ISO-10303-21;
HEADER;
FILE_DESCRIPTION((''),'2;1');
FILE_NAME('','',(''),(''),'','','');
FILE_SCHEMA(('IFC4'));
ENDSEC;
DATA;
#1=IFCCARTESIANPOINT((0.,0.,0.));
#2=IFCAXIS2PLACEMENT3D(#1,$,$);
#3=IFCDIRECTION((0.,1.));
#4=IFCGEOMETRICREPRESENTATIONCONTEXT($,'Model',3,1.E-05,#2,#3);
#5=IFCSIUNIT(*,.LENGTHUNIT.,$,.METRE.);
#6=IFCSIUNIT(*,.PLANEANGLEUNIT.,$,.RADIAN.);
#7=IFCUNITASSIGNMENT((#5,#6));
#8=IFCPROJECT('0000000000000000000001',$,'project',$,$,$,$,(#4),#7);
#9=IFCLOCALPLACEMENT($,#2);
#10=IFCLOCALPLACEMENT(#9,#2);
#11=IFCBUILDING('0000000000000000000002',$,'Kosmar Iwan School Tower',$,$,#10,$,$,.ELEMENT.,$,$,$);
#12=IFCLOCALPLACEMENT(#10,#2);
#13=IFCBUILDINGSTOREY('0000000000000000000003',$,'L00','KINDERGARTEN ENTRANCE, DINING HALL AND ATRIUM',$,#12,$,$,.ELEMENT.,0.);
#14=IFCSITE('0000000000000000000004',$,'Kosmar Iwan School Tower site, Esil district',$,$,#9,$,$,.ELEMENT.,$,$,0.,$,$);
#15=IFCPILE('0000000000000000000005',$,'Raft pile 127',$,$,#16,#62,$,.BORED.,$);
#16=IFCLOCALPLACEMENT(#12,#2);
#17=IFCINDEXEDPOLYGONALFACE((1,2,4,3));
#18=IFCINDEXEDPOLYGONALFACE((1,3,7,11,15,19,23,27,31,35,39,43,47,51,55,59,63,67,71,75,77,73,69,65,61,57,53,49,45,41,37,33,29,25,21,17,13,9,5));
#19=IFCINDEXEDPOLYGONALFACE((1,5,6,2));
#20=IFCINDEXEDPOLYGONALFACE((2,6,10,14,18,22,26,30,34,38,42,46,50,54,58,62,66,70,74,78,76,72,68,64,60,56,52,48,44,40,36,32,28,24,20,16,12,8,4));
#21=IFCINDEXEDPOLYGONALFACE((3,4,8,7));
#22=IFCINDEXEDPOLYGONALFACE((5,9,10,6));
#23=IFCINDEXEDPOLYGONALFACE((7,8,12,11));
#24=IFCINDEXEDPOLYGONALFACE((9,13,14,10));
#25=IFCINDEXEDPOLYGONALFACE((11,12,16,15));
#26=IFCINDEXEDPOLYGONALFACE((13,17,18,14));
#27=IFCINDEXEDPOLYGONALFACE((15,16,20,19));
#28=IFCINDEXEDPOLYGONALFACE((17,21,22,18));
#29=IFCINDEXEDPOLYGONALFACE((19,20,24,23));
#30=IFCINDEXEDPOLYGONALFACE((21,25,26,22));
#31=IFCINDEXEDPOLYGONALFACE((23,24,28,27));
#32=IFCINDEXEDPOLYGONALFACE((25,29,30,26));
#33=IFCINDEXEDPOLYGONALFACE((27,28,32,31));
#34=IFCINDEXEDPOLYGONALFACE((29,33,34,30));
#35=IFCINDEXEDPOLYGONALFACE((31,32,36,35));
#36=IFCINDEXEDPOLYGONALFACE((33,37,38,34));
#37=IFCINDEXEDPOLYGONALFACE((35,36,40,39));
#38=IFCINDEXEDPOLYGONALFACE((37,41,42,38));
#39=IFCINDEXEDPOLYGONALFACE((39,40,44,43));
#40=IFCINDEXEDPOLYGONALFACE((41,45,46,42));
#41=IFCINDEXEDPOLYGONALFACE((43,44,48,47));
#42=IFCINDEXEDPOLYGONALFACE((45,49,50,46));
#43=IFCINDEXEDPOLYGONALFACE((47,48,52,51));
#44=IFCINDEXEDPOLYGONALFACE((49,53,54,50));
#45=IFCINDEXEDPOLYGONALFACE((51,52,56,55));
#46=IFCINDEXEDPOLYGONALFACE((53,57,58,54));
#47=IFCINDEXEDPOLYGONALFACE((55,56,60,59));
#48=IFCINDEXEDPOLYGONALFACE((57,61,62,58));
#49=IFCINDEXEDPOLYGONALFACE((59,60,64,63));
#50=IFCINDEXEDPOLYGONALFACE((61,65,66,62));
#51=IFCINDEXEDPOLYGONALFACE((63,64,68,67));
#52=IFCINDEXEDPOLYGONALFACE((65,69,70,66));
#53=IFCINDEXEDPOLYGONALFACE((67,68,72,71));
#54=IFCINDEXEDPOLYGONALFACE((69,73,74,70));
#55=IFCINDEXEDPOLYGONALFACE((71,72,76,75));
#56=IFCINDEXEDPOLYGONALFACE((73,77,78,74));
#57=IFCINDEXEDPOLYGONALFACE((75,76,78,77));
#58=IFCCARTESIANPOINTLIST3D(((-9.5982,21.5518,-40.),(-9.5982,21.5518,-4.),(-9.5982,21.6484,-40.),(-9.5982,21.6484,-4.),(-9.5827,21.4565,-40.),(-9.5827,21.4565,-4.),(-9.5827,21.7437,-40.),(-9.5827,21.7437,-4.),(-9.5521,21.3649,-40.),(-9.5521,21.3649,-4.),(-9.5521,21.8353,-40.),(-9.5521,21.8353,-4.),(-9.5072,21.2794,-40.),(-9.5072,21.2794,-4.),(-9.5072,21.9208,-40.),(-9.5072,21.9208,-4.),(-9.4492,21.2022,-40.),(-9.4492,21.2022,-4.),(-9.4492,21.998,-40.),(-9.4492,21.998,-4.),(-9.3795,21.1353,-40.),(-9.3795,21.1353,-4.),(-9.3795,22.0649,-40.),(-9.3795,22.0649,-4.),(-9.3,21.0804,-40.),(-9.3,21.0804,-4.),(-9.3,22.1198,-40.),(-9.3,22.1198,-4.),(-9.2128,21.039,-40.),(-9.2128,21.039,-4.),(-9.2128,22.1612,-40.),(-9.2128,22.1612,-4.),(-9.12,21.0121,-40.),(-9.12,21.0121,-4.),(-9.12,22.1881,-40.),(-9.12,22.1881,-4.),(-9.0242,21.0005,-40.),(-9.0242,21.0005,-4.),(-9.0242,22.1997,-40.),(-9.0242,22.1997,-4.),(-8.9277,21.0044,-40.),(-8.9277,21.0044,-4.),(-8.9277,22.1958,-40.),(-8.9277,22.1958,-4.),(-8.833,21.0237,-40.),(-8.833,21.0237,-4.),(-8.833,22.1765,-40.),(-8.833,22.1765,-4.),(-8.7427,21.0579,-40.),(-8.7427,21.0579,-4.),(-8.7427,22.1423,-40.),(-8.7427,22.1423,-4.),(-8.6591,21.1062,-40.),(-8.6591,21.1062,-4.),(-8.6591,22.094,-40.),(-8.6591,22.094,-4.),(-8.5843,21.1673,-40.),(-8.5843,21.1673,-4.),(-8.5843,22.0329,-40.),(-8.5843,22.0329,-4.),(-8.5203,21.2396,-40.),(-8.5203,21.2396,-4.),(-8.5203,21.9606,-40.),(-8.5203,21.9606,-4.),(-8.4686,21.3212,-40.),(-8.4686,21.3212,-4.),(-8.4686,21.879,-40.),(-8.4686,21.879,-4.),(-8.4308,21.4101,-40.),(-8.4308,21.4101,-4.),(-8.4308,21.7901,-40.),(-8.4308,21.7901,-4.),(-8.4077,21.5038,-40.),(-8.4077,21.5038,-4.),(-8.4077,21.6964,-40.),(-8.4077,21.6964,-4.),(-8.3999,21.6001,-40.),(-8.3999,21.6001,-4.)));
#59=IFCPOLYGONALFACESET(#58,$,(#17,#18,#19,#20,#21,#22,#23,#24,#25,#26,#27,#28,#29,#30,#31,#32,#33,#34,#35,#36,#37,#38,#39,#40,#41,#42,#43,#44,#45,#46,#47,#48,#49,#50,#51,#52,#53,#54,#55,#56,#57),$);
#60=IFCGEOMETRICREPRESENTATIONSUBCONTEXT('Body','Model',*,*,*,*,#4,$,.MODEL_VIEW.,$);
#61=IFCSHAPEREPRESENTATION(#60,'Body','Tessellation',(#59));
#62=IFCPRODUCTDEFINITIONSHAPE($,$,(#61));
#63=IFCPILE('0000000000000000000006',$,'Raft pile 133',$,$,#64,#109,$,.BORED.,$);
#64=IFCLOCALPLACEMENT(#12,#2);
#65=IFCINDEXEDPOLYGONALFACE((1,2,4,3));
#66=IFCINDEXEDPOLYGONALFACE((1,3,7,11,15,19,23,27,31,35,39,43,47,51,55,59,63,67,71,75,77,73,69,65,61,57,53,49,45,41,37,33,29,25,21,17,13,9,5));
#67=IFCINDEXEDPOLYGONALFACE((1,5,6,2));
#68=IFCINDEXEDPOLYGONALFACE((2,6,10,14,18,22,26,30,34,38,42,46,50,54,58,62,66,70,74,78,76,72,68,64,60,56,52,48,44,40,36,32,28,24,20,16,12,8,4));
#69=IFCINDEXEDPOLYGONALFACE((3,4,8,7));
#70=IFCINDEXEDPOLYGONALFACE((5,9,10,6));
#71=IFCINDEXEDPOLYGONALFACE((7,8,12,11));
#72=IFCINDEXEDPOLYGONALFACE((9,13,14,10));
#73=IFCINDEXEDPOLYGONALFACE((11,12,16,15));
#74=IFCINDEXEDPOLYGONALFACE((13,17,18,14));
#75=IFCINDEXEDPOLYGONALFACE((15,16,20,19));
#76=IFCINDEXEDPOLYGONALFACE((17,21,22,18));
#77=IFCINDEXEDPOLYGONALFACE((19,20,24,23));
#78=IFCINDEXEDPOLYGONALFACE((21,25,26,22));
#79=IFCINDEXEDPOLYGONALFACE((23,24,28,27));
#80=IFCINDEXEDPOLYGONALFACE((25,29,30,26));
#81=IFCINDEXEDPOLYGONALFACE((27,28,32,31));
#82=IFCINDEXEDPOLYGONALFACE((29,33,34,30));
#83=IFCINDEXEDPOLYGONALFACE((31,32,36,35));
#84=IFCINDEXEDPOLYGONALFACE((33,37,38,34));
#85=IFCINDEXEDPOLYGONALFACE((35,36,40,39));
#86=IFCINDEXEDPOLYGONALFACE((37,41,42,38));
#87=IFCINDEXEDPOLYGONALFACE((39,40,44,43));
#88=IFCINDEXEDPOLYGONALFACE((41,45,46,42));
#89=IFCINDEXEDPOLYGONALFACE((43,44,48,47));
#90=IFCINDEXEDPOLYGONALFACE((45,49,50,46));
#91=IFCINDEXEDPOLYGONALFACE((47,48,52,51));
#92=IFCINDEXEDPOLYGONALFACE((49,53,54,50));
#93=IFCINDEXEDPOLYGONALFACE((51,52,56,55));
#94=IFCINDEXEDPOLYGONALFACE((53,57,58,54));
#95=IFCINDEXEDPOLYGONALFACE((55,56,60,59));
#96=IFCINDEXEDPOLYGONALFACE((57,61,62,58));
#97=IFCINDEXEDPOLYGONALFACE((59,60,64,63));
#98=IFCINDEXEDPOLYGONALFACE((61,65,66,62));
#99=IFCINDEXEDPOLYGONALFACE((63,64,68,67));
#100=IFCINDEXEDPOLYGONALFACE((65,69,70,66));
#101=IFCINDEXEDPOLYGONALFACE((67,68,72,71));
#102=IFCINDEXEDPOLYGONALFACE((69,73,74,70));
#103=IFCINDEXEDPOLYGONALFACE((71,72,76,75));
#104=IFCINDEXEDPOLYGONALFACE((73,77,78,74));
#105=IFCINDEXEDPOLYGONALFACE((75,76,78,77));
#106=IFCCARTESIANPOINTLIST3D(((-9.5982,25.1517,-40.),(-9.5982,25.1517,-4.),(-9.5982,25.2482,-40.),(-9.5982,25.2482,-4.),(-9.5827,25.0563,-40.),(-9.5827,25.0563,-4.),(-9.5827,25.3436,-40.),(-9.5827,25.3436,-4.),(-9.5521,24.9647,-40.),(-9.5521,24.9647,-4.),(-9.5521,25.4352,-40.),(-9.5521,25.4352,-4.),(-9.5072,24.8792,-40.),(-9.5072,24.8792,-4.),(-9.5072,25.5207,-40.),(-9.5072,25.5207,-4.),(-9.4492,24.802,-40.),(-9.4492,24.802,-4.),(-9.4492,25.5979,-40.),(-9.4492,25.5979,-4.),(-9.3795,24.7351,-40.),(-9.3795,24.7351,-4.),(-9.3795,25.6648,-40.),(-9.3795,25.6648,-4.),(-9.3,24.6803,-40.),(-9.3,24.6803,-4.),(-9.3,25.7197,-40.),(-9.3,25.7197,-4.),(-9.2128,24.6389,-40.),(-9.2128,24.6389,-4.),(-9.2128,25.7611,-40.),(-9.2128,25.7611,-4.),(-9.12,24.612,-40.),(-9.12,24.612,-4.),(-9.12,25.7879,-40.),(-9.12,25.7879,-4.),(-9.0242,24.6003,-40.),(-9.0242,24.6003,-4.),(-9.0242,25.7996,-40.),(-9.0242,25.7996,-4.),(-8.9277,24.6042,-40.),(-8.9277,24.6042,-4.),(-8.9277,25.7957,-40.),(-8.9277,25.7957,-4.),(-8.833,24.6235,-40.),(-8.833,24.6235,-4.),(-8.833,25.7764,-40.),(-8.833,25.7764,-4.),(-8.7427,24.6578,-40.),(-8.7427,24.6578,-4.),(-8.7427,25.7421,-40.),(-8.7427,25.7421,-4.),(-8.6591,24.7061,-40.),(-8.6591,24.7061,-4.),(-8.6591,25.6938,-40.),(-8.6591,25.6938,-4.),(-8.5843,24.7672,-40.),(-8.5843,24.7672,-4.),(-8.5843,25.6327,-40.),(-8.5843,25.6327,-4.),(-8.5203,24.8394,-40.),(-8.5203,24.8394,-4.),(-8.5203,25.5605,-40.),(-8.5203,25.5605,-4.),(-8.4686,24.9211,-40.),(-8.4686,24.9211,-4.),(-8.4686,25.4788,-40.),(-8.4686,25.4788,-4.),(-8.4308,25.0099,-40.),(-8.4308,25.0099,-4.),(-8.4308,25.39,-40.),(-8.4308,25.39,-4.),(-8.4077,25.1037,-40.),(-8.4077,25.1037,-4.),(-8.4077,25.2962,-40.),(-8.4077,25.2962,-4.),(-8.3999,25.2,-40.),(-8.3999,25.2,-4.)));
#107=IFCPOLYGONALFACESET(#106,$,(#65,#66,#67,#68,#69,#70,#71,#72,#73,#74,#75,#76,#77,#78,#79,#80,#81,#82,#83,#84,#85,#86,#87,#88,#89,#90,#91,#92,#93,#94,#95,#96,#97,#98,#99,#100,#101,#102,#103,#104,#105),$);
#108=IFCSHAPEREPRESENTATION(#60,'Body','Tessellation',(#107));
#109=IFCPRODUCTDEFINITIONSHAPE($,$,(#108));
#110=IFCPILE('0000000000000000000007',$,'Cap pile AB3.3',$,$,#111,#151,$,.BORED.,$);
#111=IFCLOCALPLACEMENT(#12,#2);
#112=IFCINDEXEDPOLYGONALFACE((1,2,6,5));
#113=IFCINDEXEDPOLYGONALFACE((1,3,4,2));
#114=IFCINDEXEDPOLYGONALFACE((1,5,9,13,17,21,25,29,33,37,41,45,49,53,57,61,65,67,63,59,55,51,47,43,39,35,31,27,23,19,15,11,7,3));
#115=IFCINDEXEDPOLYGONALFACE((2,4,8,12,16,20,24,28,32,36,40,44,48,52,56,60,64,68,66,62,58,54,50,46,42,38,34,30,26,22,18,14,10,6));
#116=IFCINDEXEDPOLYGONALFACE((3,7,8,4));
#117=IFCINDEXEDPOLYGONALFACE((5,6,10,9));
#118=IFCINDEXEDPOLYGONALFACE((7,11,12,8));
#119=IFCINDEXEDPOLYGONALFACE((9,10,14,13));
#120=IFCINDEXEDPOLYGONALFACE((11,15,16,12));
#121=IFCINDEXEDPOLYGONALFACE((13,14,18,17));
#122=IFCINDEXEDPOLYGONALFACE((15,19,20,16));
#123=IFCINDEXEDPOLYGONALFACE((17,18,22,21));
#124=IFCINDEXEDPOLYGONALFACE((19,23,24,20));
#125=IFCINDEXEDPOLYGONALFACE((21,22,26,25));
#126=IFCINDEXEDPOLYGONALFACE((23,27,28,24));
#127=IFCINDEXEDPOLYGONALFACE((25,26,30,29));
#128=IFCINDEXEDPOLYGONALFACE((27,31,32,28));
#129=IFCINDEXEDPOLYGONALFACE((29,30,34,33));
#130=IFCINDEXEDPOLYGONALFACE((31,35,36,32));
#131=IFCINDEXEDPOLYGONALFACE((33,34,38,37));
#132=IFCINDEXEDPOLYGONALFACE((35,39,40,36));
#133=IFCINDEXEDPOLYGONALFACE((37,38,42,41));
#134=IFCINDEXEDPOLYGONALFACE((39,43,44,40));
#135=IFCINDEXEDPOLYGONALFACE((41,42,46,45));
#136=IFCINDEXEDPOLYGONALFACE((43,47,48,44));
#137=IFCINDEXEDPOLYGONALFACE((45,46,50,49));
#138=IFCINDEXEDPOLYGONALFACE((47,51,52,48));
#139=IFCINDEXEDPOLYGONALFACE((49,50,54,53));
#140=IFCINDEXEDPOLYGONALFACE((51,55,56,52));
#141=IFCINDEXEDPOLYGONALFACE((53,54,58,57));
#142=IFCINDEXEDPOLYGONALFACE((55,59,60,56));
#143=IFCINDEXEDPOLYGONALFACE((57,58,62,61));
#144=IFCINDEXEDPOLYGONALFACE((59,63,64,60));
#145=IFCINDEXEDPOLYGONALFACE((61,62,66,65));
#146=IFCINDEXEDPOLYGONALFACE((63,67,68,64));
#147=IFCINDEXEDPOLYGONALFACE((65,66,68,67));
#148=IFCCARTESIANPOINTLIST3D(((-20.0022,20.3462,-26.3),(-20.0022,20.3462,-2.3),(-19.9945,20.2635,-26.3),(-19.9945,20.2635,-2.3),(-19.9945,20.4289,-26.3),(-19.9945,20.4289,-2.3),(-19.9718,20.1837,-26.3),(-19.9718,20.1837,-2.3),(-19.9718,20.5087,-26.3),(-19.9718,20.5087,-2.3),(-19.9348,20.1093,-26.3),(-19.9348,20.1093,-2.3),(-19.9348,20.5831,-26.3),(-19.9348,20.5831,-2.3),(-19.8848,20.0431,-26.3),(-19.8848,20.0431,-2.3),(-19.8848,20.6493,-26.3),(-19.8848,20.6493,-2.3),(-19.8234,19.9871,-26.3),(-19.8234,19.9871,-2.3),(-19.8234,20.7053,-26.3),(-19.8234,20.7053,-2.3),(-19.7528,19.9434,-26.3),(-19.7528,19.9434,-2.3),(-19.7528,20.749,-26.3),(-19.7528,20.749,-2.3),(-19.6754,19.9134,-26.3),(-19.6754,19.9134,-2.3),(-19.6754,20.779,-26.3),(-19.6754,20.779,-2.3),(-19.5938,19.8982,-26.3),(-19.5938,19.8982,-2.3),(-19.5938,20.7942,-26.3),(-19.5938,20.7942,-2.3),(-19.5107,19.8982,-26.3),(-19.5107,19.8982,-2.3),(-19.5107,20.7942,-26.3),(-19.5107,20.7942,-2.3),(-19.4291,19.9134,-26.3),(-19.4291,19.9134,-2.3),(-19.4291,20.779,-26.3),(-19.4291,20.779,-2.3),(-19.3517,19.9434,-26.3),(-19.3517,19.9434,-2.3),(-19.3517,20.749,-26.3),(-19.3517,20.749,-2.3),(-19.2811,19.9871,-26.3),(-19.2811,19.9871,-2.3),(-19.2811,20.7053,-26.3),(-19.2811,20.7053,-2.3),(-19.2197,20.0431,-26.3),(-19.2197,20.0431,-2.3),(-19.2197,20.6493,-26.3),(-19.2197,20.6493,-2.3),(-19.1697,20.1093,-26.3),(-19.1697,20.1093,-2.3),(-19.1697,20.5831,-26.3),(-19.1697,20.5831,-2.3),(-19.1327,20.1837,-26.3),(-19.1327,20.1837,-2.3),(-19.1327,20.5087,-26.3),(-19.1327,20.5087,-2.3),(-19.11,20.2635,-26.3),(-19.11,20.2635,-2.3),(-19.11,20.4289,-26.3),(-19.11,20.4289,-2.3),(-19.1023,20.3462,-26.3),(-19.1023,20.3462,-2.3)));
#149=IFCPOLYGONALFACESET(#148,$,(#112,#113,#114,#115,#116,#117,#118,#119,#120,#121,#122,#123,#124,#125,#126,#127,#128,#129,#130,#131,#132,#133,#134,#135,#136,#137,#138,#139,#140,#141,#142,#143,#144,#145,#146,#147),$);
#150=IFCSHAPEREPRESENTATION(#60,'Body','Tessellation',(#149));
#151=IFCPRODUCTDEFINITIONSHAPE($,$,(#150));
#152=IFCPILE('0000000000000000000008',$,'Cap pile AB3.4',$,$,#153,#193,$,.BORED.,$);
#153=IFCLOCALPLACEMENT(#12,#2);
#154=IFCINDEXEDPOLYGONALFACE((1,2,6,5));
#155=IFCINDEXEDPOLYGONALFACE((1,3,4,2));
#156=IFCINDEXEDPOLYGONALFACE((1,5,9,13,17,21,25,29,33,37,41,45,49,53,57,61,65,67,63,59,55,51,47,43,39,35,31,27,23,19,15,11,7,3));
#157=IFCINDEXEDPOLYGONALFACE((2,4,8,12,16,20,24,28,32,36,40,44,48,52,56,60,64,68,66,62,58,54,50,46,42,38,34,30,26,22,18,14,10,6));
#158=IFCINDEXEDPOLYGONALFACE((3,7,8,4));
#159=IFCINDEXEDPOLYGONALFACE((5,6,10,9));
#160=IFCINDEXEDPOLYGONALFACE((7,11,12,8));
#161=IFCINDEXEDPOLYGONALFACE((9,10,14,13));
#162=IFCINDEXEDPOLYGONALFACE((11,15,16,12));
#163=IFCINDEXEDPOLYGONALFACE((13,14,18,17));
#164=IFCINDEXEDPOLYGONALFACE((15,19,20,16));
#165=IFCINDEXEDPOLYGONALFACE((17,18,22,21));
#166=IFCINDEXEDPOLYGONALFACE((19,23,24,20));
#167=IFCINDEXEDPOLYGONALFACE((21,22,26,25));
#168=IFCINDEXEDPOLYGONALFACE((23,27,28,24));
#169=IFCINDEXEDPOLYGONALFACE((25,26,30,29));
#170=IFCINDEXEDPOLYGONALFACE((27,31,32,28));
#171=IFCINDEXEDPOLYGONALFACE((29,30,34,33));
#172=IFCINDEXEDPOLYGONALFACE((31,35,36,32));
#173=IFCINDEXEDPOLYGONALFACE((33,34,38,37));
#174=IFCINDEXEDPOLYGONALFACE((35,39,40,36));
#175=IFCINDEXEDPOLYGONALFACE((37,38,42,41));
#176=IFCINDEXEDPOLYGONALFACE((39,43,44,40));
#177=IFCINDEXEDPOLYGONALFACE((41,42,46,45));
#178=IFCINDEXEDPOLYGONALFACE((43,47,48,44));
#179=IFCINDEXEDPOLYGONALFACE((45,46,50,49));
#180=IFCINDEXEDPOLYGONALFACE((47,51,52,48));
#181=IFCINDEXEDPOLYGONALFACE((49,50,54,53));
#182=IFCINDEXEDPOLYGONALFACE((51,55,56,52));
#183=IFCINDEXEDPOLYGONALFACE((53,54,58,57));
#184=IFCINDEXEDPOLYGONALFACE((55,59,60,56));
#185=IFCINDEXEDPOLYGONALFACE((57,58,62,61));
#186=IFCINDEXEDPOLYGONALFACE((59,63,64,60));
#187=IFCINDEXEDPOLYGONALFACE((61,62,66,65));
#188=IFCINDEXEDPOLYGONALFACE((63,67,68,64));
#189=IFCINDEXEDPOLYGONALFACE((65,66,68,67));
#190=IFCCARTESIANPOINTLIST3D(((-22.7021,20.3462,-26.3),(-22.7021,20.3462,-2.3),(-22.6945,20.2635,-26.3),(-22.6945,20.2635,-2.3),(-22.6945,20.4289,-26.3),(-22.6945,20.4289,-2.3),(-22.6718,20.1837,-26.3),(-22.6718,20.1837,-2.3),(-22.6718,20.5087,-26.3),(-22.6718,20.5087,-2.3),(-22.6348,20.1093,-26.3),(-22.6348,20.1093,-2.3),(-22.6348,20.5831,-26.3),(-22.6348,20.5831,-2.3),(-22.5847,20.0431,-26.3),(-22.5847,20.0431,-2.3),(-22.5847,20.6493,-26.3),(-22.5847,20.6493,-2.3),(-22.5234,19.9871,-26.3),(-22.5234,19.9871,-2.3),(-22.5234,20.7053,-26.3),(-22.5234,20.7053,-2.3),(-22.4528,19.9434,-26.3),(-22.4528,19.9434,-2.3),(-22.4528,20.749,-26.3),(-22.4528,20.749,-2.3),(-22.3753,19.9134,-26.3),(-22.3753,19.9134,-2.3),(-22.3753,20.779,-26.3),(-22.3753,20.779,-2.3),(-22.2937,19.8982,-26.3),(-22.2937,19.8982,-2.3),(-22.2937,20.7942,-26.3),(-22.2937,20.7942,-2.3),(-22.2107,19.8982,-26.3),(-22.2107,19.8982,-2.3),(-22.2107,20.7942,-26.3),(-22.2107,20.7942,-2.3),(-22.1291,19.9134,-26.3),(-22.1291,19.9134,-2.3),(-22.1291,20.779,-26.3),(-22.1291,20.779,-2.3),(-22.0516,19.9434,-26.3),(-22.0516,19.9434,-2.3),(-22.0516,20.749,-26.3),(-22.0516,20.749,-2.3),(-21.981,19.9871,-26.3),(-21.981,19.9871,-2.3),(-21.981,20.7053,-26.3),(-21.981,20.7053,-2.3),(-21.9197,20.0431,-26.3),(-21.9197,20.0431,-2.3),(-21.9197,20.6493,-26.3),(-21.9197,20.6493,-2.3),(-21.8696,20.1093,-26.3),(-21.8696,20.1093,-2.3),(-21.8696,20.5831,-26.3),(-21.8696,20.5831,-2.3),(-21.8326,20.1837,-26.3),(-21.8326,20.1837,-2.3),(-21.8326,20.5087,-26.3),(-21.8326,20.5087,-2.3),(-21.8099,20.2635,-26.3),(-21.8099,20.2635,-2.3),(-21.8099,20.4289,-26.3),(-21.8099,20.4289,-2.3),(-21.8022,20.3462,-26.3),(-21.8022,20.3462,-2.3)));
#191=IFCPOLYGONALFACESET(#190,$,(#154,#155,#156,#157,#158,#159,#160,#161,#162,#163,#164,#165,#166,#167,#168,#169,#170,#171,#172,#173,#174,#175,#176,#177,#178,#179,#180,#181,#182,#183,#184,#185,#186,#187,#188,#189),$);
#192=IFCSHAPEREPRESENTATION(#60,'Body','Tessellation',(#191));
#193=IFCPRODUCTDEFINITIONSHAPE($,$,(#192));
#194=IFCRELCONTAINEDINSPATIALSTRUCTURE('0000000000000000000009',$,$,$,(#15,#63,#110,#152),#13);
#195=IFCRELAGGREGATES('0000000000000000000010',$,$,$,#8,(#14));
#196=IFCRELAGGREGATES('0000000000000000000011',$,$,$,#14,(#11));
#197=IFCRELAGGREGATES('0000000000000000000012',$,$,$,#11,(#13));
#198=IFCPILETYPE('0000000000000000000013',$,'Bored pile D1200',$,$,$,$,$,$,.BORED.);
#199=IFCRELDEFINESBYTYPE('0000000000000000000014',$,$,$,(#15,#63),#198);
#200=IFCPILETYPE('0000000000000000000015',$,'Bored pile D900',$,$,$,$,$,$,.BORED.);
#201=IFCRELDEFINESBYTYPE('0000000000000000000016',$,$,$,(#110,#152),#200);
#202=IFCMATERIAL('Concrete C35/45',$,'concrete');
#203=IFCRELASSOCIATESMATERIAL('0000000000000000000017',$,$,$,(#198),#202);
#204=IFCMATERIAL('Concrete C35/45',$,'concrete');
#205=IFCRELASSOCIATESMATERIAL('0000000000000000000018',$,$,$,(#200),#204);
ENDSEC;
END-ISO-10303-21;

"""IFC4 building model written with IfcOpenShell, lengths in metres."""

from ifc_helpers import new_model, si_unit, direction, frame, origin, origin_2d, place, context, subcontext, project, spatial, circle, extrude, material, material_profile, profile_set, type_object, element, save


model = new_model("IFC4")

# Units and contexts
model_context = context("Model", 3, precision=1e-05, world=origin(), true_north=direction((0.0, 1.0)))
body_context = subcontext(model_context, "Body", "Model", "MODEL_VIEW")
ifc_project = project(units=[si_unit("LENGTHUNIT", "METRE"), si_unit("PLANEANGLEUNIT", "RADIAN")], contexts=[model_context])

# Site, building, storey
site_placement = place(None, origin())
site = spatial("IfcSite", under=ifc_project, at=site_placement, Name="Kosmar Iwan School Tower site, Esil district", CompositionType="ELEMENT", RefElevation=0.0)
building_placement = place(site_placement, origin())
building = spatial("IfcBuilding", under=site, at=building_placement, Name="Kosmar Iwan School Tower", CompositionType="ELEMENT")
storey_placement = place(building_placement, origin())
storey = spatial("IfcBuildingStorey", under=building, at=storey_placement, Name="L00", Description="KINDERGARTEN ENTRANCE, DINING HALL AND ATRIUM", CompositionType="ELEMENT", Elevation=0.0)

# Piles
ifc_material_1 = material(Name="Concrete C35/45", Category="concrete")
ifc_material_profile_1 = material_profile(ifc_material_1, circle(Radius=0.6001, at=origin_2d()), Name="D1200")
ifc_profile_set_1 = profile_set([ifc_material_profile_1], Name="Concrete C35/45")
pile_type_1 = type_object("IfcPileType", Name="Bored pile D1200", PredefinedType="BORED", material=ifc_profile_set_1)
for number, where, z_axis, x_axis, name in (
    (1, (-9.0, 21.6001, -4.0), (0.0, 0.0, -1.0), (1.0, 0.0, 0.0), "Raft pile 127"),
    (2, (-9.0, 25.2, -4.0), (0.0, 0.0, -1.0), (1.0, 0.0, 0.0), "Raft pile 133"),
):
    element("IfcPile", number, at=place(storey_placement, frame(where, z_axis=z_axis, x_axis=x_axis)), inside=storey, type_object=pile_type_1, Name=name, PredefinedType="BORED", context=body_context, shape_type="SweptSolid", body=[
        extrude(circle(Radius=0.6001, at=origin_2d()), origin(), (0.0, 0.0, 1.0), 36.0),
    ])
ifc_material_2 = material(Name="Concrete C35/45", Category="concrete")
ifc_material_profile_2 = material_profile(ifc_material_2, circle(Radius=0.45, at=origin_2d()), Name="D900")
ifc_profile_set_2 = profile_set([ifc_material_profile_2], Name="Concrete C35/45")
pile_type_2 = type_object("IfcPileType", Name="Bored pile D900", PredefinedType="BORED", material=ifc_profile_set_2)
for number, where, z_axis, x_axis, name in (
    (3, (-19.5522, 20.3462, -2.3), (0.0, 0.0, -1.0), (1.0, 0.0, 0.0), "Cap pile AB3.3"),
    (4, (-22.2522, 20.3462, -2.3), (0.0, 0.0, -1.0), (1.0, 0.0, 0.0), "Cap pile AB3.4"),
):
    element("IfcPile", number, at=place(storey_placement, frame(where, z_axis=z_axis, x_axis=x_axis)), inside=storey, type_object=pile_type_2, Name=name, PredefinedType="BORED", context=body_context, shape_type="SweptSolid", body=[
        extrude(circle(Radius=0.45, at=origin_2d()), origin(), (0.0, 0.0, 1.0), 24.0),
    ])

save(model, "model.ifc")
